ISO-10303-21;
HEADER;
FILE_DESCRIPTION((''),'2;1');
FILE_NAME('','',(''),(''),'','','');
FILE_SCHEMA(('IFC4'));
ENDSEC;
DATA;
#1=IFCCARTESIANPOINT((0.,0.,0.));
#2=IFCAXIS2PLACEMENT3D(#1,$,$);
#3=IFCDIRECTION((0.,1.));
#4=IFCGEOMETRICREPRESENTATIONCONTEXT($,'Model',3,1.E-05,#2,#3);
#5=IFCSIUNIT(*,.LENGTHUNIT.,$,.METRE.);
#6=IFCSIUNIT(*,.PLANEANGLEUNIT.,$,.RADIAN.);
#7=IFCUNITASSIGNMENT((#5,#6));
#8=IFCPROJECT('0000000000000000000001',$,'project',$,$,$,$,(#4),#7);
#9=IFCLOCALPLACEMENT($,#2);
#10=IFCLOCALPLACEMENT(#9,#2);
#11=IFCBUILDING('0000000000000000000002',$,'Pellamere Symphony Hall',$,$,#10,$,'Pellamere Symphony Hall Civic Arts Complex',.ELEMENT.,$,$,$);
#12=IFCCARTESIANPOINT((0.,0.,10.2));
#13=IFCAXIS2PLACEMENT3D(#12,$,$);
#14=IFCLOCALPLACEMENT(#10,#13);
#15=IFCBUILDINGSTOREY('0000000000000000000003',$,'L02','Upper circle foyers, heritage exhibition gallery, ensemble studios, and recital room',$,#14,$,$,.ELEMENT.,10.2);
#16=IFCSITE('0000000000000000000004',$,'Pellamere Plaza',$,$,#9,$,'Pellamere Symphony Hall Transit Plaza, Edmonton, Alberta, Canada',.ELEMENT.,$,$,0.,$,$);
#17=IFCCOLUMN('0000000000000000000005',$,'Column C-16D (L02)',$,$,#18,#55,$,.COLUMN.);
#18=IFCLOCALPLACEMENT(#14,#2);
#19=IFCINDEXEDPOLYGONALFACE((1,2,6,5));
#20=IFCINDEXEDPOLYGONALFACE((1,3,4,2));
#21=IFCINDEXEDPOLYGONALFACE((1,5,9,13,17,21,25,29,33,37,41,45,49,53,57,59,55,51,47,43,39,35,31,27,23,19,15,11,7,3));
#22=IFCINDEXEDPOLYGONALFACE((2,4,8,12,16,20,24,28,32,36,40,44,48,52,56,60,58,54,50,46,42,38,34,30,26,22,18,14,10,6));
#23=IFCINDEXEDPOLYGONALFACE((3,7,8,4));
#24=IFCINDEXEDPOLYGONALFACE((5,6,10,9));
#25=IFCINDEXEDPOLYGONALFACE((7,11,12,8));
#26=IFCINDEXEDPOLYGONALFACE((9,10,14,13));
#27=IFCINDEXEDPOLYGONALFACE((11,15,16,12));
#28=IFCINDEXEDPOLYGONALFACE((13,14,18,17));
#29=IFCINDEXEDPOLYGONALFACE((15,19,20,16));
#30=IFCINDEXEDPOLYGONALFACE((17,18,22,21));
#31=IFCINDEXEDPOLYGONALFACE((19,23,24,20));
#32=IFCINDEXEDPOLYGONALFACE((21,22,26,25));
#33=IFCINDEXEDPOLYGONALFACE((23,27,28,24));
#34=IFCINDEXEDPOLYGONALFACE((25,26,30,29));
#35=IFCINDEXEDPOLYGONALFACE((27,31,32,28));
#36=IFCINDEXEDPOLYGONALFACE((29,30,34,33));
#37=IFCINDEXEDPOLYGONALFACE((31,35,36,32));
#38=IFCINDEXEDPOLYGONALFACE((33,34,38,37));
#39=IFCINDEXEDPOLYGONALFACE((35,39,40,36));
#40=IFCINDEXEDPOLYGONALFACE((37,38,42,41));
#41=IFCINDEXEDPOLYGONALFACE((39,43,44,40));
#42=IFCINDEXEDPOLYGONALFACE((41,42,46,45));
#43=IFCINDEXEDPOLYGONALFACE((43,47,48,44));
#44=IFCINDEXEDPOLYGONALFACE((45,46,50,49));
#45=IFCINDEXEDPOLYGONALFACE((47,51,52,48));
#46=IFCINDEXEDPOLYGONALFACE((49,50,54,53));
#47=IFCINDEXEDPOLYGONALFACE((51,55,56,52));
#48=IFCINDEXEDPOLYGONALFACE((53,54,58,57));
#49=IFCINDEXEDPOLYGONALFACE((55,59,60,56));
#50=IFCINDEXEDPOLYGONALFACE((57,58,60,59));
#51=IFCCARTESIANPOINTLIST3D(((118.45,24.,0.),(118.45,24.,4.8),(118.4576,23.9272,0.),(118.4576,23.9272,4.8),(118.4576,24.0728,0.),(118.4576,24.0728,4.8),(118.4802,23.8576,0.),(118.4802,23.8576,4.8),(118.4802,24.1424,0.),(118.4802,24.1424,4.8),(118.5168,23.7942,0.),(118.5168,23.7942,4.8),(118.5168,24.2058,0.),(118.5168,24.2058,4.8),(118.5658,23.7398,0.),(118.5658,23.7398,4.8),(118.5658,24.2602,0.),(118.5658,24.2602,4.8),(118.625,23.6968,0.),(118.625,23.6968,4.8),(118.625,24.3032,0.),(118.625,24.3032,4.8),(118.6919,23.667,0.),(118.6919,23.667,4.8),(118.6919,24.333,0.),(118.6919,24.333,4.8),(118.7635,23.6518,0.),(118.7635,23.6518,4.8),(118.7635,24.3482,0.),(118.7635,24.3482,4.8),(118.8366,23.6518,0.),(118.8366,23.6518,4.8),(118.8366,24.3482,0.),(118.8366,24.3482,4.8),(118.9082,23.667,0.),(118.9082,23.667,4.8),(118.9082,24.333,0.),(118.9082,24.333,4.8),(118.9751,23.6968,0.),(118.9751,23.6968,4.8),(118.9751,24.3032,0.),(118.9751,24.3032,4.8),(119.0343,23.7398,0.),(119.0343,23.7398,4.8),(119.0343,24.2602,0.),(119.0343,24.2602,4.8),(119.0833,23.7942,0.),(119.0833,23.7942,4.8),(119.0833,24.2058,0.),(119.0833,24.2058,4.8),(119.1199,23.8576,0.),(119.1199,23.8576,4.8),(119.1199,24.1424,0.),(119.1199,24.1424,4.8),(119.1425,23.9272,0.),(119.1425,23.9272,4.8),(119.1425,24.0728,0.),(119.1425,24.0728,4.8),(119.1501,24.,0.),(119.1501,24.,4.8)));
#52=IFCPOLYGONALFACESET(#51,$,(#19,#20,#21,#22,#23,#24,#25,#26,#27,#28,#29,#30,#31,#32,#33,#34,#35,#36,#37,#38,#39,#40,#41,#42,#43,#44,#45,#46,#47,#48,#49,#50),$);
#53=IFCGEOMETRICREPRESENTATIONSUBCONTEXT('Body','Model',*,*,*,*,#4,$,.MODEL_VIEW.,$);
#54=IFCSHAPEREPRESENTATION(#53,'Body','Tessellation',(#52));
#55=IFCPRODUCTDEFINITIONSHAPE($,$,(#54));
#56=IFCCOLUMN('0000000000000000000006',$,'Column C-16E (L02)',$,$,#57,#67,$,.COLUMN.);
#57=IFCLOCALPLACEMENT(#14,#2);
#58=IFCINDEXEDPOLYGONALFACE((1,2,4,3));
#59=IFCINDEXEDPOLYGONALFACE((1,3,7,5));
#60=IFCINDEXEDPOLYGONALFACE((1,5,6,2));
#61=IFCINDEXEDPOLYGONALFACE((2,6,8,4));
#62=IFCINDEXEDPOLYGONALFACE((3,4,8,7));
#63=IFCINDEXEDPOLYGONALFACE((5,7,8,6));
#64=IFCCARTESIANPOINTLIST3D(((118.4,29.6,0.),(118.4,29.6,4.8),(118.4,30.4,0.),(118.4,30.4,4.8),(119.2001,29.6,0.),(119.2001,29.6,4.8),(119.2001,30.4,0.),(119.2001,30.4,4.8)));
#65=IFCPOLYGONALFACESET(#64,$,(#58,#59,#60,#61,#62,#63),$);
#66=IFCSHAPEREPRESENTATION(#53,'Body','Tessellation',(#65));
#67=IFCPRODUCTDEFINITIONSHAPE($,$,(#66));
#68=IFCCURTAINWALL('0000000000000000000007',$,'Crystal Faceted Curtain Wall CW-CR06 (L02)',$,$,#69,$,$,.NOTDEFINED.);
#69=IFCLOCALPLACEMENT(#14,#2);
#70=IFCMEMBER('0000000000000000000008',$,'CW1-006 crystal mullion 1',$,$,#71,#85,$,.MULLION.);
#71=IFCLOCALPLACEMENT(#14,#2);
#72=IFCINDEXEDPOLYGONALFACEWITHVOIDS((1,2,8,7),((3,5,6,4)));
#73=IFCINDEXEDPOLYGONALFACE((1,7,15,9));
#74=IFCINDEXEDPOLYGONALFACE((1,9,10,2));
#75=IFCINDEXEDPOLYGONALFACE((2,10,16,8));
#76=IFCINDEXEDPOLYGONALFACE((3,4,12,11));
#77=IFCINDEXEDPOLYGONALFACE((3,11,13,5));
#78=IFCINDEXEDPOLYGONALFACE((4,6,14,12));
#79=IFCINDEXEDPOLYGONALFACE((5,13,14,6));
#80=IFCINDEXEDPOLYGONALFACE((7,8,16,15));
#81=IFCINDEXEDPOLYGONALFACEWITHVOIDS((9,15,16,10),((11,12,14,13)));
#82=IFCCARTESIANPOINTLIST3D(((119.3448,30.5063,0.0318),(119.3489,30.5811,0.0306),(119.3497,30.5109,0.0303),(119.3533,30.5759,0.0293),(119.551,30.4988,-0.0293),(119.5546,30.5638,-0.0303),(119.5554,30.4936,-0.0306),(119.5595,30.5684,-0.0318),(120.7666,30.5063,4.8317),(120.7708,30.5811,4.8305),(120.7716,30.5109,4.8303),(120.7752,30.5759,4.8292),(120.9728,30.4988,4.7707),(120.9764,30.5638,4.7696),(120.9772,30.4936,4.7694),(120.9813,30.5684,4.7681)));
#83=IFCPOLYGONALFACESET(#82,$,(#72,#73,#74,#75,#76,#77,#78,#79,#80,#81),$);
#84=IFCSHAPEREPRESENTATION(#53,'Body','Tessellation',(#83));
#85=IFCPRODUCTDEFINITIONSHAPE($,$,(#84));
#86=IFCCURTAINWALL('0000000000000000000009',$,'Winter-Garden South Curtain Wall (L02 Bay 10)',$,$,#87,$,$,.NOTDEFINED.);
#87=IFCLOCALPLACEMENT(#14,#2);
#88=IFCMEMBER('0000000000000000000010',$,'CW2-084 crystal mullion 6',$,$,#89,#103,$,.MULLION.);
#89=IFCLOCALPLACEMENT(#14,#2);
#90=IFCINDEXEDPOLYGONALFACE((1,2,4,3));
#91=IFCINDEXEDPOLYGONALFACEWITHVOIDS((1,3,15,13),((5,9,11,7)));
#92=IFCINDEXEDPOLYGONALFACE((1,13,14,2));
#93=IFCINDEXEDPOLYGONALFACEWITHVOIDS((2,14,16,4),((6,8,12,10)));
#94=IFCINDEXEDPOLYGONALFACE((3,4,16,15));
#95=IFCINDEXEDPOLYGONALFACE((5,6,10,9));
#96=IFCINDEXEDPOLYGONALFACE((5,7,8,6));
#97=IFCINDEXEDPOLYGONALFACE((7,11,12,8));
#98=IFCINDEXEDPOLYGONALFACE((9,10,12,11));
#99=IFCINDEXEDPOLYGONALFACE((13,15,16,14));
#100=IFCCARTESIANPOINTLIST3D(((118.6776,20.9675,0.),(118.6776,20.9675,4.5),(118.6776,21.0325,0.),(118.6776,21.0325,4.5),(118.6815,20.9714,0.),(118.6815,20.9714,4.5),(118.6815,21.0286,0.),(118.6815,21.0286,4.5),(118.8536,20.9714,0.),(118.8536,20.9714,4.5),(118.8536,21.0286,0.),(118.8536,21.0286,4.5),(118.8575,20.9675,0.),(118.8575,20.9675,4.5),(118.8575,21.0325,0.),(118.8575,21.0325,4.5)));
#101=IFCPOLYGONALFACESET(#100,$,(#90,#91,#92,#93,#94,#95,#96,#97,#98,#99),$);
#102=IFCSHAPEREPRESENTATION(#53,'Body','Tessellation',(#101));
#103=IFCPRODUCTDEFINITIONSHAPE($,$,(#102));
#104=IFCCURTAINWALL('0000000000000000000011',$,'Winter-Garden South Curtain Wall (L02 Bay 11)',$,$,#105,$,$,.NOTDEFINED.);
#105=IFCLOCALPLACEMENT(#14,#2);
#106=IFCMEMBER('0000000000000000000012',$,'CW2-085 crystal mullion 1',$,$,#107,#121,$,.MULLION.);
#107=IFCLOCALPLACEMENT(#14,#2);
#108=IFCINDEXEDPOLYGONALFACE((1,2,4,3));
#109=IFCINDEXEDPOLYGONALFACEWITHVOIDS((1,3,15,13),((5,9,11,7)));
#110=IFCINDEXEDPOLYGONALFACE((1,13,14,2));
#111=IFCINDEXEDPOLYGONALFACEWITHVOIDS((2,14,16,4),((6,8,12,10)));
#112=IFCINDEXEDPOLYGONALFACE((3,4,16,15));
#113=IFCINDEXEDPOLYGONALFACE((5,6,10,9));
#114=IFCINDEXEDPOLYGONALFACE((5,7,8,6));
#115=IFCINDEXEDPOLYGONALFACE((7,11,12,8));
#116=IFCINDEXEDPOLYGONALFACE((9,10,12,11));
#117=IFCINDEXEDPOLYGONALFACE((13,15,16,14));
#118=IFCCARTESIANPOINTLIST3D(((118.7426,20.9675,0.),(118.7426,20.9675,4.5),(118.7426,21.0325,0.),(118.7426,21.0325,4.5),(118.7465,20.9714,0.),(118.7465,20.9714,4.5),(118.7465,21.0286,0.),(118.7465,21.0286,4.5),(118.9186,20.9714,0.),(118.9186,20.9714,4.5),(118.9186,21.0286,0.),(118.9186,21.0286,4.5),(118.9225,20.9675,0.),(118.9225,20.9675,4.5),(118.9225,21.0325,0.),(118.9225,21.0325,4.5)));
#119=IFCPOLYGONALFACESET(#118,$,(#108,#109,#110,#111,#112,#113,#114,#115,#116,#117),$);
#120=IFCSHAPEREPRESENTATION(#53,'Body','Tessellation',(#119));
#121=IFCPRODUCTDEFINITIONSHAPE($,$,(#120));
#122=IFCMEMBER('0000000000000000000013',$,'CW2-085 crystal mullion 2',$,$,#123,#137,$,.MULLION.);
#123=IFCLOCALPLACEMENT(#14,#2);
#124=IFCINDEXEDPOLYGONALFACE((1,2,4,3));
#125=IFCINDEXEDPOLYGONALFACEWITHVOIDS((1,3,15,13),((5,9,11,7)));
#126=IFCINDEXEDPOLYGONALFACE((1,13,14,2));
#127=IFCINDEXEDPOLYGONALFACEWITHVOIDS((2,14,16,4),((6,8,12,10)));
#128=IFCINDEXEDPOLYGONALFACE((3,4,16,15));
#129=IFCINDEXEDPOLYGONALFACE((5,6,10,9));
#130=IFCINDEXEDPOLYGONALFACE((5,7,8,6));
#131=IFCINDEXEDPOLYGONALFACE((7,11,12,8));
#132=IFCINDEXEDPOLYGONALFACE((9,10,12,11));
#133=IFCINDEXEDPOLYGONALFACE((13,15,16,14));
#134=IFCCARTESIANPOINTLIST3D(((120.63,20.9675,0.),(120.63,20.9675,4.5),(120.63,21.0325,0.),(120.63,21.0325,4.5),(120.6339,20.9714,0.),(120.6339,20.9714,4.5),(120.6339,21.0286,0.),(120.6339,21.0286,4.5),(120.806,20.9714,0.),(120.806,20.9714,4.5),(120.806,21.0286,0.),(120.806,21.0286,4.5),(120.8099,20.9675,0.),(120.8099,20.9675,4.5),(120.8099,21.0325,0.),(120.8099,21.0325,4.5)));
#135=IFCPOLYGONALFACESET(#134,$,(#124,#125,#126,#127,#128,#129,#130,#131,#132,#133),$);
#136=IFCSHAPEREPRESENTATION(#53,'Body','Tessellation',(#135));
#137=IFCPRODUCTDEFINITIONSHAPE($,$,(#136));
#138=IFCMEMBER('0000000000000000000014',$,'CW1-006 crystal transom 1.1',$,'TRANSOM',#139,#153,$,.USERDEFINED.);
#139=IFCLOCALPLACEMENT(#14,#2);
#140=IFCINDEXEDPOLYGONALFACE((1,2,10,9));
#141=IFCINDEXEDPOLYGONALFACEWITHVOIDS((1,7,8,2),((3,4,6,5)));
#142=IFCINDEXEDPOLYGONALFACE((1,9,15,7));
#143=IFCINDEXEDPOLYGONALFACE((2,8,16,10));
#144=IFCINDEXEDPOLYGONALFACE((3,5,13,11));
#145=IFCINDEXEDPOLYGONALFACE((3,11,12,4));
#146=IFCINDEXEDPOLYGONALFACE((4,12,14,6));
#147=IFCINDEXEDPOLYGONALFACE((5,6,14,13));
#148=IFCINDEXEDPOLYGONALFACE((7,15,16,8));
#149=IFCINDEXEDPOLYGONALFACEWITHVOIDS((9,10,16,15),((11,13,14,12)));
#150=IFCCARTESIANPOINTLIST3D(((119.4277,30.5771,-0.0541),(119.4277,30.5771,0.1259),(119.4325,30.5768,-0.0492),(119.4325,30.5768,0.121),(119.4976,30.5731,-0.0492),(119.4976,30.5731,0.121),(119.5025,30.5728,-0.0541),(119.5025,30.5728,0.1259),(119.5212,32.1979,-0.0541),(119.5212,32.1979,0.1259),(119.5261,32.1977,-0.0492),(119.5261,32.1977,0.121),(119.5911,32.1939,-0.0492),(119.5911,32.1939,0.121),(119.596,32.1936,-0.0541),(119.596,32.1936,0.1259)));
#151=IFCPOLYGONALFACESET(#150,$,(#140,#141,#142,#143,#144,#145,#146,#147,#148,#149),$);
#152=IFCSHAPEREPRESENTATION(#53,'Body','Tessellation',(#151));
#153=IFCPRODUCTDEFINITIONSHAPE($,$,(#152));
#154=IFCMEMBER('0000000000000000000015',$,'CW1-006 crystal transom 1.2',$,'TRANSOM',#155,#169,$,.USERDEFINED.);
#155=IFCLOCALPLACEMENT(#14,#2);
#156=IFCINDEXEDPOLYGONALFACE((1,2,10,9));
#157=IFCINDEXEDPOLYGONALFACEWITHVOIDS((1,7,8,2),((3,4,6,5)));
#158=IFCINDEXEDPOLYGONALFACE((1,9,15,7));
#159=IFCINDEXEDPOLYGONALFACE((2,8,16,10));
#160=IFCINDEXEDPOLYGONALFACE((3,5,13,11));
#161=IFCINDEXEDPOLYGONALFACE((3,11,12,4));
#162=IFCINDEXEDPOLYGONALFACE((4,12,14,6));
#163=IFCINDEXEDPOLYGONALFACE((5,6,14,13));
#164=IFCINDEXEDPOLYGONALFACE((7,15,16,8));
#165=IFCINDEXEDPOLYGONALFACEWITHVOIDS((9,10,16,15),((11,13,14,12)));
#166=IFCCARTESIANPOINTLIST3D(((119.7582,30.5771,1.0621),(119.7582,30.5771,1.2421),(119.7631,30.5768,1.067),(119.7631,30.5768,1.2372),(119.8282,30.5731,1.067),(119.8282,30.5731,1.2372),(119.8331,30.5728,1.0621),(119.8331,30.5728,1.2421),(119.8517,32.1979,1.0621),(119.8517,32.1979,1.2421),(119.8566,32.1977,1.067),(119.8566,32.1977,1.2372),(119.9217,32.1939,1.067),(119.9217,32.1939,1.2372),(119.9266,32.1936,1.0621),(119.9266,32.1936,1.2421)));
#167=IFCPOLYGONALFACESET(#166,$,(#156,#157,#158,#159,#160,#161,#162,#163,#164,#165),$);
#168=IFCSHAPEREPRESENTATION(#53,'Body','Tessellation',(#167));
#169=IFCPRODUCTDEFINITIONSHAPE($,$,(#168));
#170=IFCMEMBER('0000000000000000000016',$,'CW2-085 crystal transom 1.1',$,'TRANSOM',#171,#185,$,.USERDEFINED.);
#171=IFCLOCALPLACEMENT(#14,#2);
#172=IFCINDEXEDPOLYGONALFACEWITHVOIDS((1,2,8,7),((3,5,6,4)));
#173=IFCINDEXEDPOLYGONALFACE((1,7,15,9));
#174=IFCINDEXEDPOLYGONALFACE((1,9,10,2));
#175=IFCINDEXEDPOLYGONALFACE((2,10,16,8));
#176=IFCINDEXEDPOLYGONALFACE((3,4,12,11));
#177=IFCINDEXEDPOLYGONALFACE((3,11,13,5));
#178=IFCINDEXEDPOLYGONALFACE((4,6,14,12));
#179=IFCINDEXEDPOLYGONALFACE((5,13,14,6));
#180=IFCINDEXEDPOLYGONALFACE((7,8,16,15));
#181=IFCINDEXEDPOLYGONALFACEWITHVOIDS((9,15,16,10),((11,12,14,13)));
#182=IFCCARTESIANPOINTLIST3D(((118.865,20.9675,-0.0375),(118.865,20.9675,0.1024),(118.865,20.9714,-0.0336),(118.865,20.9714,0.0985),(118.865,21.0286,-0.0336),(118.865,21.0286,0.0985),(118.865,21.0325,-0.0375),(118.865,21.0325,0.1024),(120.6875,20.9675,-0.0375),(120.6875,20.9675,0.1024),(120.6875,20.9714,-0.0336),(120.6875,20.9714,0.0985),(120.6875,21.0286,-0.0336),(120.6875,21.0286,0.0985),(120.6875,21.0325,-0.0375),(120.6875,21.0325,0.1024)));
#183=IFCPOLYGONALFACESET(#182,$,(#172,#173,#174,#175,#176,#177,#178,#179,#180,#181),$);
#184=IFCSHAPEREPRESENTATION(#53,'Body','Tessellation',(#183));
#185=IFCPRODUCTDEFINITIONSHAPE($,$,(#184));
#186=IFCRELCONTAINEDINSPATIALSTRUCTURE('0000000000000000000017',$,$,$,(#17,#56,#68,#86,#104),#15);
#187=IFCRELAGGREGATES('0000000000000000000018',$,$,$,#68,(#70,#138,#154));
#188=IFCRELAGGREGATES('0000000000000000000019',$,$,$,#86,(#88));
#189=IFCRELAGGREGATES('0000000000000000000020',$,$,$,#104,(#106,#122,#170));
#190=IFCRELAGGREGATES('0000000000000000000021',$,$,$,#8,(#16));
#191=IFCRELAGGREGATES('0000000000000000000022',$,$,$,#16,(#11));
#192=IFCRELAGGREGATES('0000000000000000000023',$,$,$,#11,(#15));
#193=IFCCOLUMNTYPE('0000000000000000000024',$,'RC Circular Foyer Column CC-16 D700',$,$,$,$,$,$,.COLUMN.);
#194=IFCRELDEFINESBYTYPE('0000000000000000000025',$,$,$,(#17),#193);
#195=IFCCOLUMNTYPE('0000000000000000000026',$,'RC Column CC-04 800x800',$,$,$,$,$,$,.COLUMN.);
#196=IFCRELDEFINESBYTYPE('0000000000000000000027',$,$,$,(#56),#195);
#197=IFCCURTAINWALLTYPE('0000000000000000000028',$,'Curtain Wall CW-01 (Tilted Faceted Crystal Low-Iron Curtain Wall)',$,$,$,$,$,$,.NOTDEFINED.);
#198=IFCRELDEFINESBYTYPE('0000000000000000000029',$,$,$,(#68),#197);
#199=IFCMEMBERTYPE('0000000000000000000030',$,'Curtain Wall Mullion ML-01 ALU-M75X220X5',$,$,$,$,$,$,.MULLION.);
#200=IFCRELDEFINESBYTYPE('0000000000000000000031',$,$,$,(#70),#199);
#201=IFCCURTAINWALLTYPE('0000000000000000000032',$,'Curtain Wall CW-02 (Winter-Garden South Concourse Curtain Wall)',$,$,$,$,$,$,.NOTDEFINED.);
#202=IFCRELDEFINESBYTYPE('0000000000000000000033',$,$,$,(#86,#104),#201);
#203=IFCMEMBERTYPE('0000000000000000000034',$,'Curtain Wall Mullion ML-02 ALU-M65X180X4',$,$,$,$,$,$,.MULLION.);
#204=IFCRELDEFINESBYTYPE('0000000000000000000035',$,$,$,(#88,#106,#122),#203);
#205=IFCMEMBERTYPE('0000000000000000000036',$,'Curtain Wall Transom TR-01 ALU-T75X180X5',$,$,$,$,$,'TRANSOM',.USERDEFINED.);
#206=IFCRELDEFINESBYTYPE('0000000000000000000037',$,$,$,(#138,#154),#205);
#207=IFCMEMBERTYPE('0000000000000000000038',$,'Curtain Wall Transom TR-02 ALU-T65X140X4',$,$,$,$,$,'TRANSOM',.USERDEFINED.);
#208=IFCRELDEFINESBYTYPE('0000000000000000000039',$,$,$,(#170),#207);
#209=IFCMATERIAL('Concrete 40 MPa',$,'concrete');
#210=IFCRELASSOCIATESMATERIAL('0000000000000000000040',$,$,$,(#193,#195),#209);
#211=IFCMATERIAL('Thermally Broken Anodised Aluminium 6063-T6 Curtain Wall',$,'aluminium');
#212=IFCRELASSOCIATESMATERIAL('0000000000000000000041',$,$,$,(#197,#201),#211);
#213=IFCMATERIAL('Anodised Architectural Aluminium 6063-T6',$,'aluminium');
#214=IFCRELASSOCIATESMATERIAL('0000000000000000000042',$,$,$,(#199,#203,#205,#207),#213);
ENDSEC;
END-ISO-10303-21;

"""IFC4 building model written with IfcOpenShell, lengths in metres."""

from ifc_helpers import new_model, si_unit, direction, frame, origin, origin_2d, place, context, subcontext, project, spatial, rectangle, hollow_rectangle, circle, extrude, material, material_profile, profile_set, type_object, element, aggregate, save


model = new_model("IFC4")

# Units and contexts
model_context = context("Model", 3, precision=1e-05, world=origin(), true_north=direction((0.0, 1.0)))
body_context = subcontext(model_context, "Body", "Model", "MODEL_VIEW")
ifc_project = project(units=[si_unit("LENGTHUNIT", "METRE"), si_unit("PLANEANGLEUNIT", "RADIAN")], contexts=[model_context])

# Site, building, storey
site_placement = place(None, origin())
site = spatial("IfcSite", under=ifc_project, at=site_placement, Name="Pellamere Plaza", LongName="Pellamere Symphony Hall Transit Plaza, Edmonton, Alberta, Canada", CompositionType="ELEMENT", RefElevation=0.0)
building_placement = place(site_placement, origin())
building = spatial("IfcBuilding", under=site, at=building_placement, Name="Pellamere Symphony Hall", LongName="Pellamere Symphony Hall Civic Arts Complex", CompositionType="ELEMENT")
storey_placement = place(building_placement, frame((0.0, 0.0, 10.2)))
storey = spatial("IfcBuildingStorey", under=building, at=storey_placement, Name="L02", Description="Upper circle foyers, heritage exhibition gallery, ensemble studios, and recital room", CompositionType="ELEMENT", Elevation=10.2)

# Columns
ifc_material_1 = material(Name="Concrete 40 MPa", Category="concrete")
ifc_material_profile_1 = material_profile(ifc_material_1, circle(Radius=0.3501, at=origin_2d()), Name="RCCOL D700")
ifc_profile_set_1 = profile_set([ifc_material_profile_1], Name="Concrete 40 MPa")
column_type_1 = type_object("IfcColumnType", Name="RC Circular Foyer Column CC-16 D700", PredefinedType="COLUMN", material=ifc_profile_set_1)
column_1_placement = place(storey_placement, frame((118.8, 24.0, 0.0), z_axis=(0.0, 0.0, 1.0), x_axis=(1.0, 0.0, 0.0)))
element("IfcColumn", 1, at=column_1_placement, inside=storey, type_object=column_type_1, Name="Column C-16D (L02)", PredefinedType="COLUMN", context=body_context, shape_type="SweptSolid", body=[
    extrude(circle(Radius=0.3501, at=origin_2d()), origin(), (0.0, 0.0, 1.0), 4.8),
])
ifc_material_profile_2 = material_profile(ifc_material_1, rectangle(XDim=0.8, YDim=0.8, at=origin_2d()), Name="RC 800x800")
ifc_profile_set_2 = profile_set([ifc_material_profile_2], Name="Concrete 40 MPa")
column_type_2 = type_object("IfcColumnType", Name="RC Column CC-04 800x800", PredefinedType="COLUMN", material=ifc_profile_set_2)
column_2_placement = place(storey_placement, frame((118.8, 30.0, 0.0), z_axis=(0.0, 0.0, 1.0), x_axis=(1.0, 0.0, 0.0)))
element("IfcColumn", 2, at=column_2_placement, inside=storey, type_object=column_type_2, Name="Column C-16E (L02)", PredefinedType="COLUMN", context=body_context, shape_type="SweptSolid", body=[
    extrude(rectangle(XDim=0.8, YDim=0.8, at=origin_2d()), origin(), (0.0, 0.0, 1.0), 4.8),
])

# Curtain walls, members
ifc_material_2 = material(Name="Thermally Broken Anodised Aluminium 6063-T6 Curtain Wall", Category="aluminium")
curtain_wall_type_1 = type_object("IfcCurtainWallType", Name="Curtain Wall CW-01 (Tilted Faceted Crystal Low-Iron Curtain Wall)", PredefinedType="NOTDEFINED", material=ifc_material_2)
curtain_wall_1_placement = place(storey_placement, origin())
curtain_wall_1 = element("IfcCurtainWall", 3, at=curtain_wall_1_placement, inside=storey, type_object=curtain_wall_type_1, Name="Crystal Faceted Curtain Wall CW-CR06 (L02)", PredefinedType="NOTDEFINED")
ifc_material_3 = material(Name="Anodised Architectural Aluminium 6063-T6", Category="aluminium")
ifc_material_profile_3 = material_profile(ifc_material_3, hollow_rectangle(XDim=0.075, YDim=0.22, WallThickness=0.0049, at=origin_2d()), Name="ALU-M75X220X5")
ifc_profile_set_3 = profile_set([ifc_material_profile_3], Name="Anodised Architectural Aluminium 6063-T6")
member_type_1 = type_object("IfcMemberType", Name="Curtain Wall Mullion ML-01 ALU-M75X220X5", PredefinedType="MULLION", material=ifc_profile_set_3)
member_1_placement = place(storey_placement, frame((119.4521, 30.5374, 0.0), z_axis=(0.284022, 0.0, 0.958818), x_axis=(-0.055225, -0.99834, 0.016359)))
member_1 = element("IfcMember", 4, at=member_1_placement, type_object=member_type_1, Name="CW1-006 crystal mullion 1", PredefinedType="MULLION", context=body_context, shape_type="SweptSolid", body=[
    extrude(hollow_rectangle(XDim=0.075, YDim=0.22, WallThickness=0.0049, at=origin_2d()), origin(), (0.0, 0.0, 1.0), 5.0061),
])
curtain_wall_type_2 = type_object("IfcCurtainWallType", Name="Curtain Wall CW-02 (Winter-Garden South Concourse Curtain Wall)", PredefinedType="NOTDEFINED", material=ifc_material_2)
curtain_wall_2_placement = place(storey_placement, origin())
curtain_wall_2 = element("IfcCurtainWall", 5, at=curtain_wall_2_placement, inside=storey, type_object=curtain_wall_type_2, Name="Winter-Garden South Curtain Wall (L02 Bay 10)", PredefinedType="NOTDEFINED")
ifc_material_profile_4 = material_profile(ifc_material_3, hollow_rectangle(XDim=0.0649, YDim=0.1799, WallThickness=0.0039, at=origin_2d()), Name="ALU-M65X180X4")
ifc_profile_set_4 = profile_set([ifc_material_profile_4], Name="Anodised Architectural Aluminium 6063-T6")
member_type_2 = type_object("IfcMemberType", Name="Curtain Wall Mullion ML-02 ALU-M65X180X4", PredefinedType="MULLION", material=ifc_profile_set_4)
member_2_placement = place(storey_placement, frame((118.7676, 21.0, 0.0), z_axis=(0.0, 0.0, 1.0), x_axis=(0.0, 1.0, 0.0)))
member_2 = element("IfcMember", 6, at=member_2_placement, type_object=member_type_2, Name="CW2-084 crystal mullion 6", PredefinedType="MULLION", context=body_context, shape_type="SweptSolid", body=[
    extrude(hollow_rectangle(XDim=0.0649, YDim=0.1799, WallThickness=0.0039, at=origin_2d()), origin(), (0.0, 0.0, 1.0), 4.5),
])

# Curtain wall, members
curtain_wall_3_placement = place(storey_placement, origin())
curtain_wall_3 = element("IfcCurtainWall", 7, at=curtain_wall_3_placement, inside=storey, type_object=curtain_wall_type_2, Name="Winter-Garden South Curtain Wall (L02 Bay 11)", PredefinedType="NOTDEFINED")
member_3_placement = place(storey_placement, frame((118.8325, 21.0, 0.0), z_axis=(0.0, 0.0, 1.0), x_axis=(0.0, 1.0, 0.0)))
member_3 = element("IfcMember", 8, at=member_3_placement, type_object=member_type_2, Name="CW2-085 crystal mullion 1", PredefinedType="MULLION", context=body_context, shape_type="SweptSolid", body=[
    extrude(hollow_rectangle(XDim=0.0649, YDim=0.1799, WallThickness=0.0039, at=origin_2d()), origin(), (0.0, 0.0, 1.0), 4.5),
])
member_4_placement = place(storey_placement, frame((120.72, 21.0, 0.0), z_axis=(0.0, 0.0, 1.0), x_axis=(0.0, 1.0, 0.0)))
member_4 = element("IfcMember", 9, at=member_4_placement, type_object=member_type_2, Name="CW2-085 crystal mullion 2", PredefinedType="MULLION", context=body_context, shape_type="SweptSolid", body=[
    extrude(hollow_rectangle(XDim=0.0649, YDim=0.1799, WallThickness=0.0039, at=origin_2d()), origin(), (0.0, 0.0, 1.0), 4.5),
])

# Members
ifc_material_profile_5 = material_profile(ifc_material_3, hollow_rectangle(XDim=0.075, YDim=0.1799, WallThickness=0.0049, at=origin_2d()), Name="ALU-T75X180X5")
ifc_profile_set_5 = profile_set([ifc_material_profile_5], Name="Anodised Architectural Aluminium 6063-T6")
member_type_3 = type_object("IfcMemberType", Name="Curtain Wall Transom TR-01 ALU-T75X180X5", ElementType="TRANSOM", PredefinedType="USERDEFINED", material=ifc_profile_set_5)
member_5_placement = place(storey_placement, frame((119.4651, 30.575, 0.0359), z_axis=(0.057594, 0.99834, 0.0), x_axis=(-0.99834, 0.057594, 0.0)))
member_5 = element("IfcMember", 10, at=member_5_placement, type_object=member_type_3, Name="CW1-006 crystal transom 1.1", ObjectType="TRANSOM", PredefinedType="USERDEFINED", context=body_context, shape_type="SweptSolid", body=[
    extrude(hollow_rectangle(XDim=0.075, YDim=0.1799, WallThickness=0.0049, at=origin_2d()), origin(), (0.0, 0.0, 1.0), 1.6235),
])
member_6_placement = place(storey_placement, frame((119.7957, 30.575, 1.1521), z_axis=(0.057594, 0.99834, 0.0), x_axis=(-0.99834, 0.057594, 0.0)))
member_6 = element("IfcMember", 11, at=member_6_placement, type_object=member_type_3, Name="CW1-006 crystal transom 1.2", ObjectType="TRANSOM", PredefinedType="USERDEFINED", context=body_context, shape_type="SweptSolid", body=[
    extrude(hollow_rectangle(XDim=0.075, YDim=0.1799, WallThickness=0.0049, at=origin_2d()), origin(), (0.0, 0.0, 1.0), 1.6235),
])
ifc_material_profile_6 = material_profile(ifc_material_3, hollow_rectangle(XDim=0.0649, YDim=0.1399, WallThickness=0.0039, at=origin_2d()), Name="ALU-T65X140X4")
ifc_profile_set_6 = profile_set([ifc_material_profile_6], Name="Anodised Architectural Aluminium 6063-T6")
member_type_4 = type_object("IfcMemberType", Name="Curtain Wall Transom TR-02 ALU-T65X140X4", ElementType="TRANSOM", PredefinedType="USERDEFINED", material=ifc_profile_set_6)
member_7_placement = place(storey_placement, frame((118.865, 21.0, 0.0325), z_axis=(1.0, 0.0, 0.0), x_axis=(0.0, 1.0, 0.0)))
member_7 = element("IfcMember", 12, at=member_7_placement, type_object=member_type_4, Name="CW2-085 crystal transom 1.1", ObjectType="TRANSOM", PredefinedType="USERDEFINED", context=body_context, shape_type="SweptSolid", body=[
    extrude(hollow_rectangle(XDim=0.0649, YDim=0.1399, WallThickness=0.0039, at=origin_2d()), origin(), (0.0, 0.0, 1.0), 1.8225),
])

aggregate(curtain_wall_1, [member_1, member_5, member_6])
aggregate(curtain_wall_2, [member_2])
aggregate(curtain_wall_3, [member_3, member_4, member_7])

save(model, "model.ifc")
